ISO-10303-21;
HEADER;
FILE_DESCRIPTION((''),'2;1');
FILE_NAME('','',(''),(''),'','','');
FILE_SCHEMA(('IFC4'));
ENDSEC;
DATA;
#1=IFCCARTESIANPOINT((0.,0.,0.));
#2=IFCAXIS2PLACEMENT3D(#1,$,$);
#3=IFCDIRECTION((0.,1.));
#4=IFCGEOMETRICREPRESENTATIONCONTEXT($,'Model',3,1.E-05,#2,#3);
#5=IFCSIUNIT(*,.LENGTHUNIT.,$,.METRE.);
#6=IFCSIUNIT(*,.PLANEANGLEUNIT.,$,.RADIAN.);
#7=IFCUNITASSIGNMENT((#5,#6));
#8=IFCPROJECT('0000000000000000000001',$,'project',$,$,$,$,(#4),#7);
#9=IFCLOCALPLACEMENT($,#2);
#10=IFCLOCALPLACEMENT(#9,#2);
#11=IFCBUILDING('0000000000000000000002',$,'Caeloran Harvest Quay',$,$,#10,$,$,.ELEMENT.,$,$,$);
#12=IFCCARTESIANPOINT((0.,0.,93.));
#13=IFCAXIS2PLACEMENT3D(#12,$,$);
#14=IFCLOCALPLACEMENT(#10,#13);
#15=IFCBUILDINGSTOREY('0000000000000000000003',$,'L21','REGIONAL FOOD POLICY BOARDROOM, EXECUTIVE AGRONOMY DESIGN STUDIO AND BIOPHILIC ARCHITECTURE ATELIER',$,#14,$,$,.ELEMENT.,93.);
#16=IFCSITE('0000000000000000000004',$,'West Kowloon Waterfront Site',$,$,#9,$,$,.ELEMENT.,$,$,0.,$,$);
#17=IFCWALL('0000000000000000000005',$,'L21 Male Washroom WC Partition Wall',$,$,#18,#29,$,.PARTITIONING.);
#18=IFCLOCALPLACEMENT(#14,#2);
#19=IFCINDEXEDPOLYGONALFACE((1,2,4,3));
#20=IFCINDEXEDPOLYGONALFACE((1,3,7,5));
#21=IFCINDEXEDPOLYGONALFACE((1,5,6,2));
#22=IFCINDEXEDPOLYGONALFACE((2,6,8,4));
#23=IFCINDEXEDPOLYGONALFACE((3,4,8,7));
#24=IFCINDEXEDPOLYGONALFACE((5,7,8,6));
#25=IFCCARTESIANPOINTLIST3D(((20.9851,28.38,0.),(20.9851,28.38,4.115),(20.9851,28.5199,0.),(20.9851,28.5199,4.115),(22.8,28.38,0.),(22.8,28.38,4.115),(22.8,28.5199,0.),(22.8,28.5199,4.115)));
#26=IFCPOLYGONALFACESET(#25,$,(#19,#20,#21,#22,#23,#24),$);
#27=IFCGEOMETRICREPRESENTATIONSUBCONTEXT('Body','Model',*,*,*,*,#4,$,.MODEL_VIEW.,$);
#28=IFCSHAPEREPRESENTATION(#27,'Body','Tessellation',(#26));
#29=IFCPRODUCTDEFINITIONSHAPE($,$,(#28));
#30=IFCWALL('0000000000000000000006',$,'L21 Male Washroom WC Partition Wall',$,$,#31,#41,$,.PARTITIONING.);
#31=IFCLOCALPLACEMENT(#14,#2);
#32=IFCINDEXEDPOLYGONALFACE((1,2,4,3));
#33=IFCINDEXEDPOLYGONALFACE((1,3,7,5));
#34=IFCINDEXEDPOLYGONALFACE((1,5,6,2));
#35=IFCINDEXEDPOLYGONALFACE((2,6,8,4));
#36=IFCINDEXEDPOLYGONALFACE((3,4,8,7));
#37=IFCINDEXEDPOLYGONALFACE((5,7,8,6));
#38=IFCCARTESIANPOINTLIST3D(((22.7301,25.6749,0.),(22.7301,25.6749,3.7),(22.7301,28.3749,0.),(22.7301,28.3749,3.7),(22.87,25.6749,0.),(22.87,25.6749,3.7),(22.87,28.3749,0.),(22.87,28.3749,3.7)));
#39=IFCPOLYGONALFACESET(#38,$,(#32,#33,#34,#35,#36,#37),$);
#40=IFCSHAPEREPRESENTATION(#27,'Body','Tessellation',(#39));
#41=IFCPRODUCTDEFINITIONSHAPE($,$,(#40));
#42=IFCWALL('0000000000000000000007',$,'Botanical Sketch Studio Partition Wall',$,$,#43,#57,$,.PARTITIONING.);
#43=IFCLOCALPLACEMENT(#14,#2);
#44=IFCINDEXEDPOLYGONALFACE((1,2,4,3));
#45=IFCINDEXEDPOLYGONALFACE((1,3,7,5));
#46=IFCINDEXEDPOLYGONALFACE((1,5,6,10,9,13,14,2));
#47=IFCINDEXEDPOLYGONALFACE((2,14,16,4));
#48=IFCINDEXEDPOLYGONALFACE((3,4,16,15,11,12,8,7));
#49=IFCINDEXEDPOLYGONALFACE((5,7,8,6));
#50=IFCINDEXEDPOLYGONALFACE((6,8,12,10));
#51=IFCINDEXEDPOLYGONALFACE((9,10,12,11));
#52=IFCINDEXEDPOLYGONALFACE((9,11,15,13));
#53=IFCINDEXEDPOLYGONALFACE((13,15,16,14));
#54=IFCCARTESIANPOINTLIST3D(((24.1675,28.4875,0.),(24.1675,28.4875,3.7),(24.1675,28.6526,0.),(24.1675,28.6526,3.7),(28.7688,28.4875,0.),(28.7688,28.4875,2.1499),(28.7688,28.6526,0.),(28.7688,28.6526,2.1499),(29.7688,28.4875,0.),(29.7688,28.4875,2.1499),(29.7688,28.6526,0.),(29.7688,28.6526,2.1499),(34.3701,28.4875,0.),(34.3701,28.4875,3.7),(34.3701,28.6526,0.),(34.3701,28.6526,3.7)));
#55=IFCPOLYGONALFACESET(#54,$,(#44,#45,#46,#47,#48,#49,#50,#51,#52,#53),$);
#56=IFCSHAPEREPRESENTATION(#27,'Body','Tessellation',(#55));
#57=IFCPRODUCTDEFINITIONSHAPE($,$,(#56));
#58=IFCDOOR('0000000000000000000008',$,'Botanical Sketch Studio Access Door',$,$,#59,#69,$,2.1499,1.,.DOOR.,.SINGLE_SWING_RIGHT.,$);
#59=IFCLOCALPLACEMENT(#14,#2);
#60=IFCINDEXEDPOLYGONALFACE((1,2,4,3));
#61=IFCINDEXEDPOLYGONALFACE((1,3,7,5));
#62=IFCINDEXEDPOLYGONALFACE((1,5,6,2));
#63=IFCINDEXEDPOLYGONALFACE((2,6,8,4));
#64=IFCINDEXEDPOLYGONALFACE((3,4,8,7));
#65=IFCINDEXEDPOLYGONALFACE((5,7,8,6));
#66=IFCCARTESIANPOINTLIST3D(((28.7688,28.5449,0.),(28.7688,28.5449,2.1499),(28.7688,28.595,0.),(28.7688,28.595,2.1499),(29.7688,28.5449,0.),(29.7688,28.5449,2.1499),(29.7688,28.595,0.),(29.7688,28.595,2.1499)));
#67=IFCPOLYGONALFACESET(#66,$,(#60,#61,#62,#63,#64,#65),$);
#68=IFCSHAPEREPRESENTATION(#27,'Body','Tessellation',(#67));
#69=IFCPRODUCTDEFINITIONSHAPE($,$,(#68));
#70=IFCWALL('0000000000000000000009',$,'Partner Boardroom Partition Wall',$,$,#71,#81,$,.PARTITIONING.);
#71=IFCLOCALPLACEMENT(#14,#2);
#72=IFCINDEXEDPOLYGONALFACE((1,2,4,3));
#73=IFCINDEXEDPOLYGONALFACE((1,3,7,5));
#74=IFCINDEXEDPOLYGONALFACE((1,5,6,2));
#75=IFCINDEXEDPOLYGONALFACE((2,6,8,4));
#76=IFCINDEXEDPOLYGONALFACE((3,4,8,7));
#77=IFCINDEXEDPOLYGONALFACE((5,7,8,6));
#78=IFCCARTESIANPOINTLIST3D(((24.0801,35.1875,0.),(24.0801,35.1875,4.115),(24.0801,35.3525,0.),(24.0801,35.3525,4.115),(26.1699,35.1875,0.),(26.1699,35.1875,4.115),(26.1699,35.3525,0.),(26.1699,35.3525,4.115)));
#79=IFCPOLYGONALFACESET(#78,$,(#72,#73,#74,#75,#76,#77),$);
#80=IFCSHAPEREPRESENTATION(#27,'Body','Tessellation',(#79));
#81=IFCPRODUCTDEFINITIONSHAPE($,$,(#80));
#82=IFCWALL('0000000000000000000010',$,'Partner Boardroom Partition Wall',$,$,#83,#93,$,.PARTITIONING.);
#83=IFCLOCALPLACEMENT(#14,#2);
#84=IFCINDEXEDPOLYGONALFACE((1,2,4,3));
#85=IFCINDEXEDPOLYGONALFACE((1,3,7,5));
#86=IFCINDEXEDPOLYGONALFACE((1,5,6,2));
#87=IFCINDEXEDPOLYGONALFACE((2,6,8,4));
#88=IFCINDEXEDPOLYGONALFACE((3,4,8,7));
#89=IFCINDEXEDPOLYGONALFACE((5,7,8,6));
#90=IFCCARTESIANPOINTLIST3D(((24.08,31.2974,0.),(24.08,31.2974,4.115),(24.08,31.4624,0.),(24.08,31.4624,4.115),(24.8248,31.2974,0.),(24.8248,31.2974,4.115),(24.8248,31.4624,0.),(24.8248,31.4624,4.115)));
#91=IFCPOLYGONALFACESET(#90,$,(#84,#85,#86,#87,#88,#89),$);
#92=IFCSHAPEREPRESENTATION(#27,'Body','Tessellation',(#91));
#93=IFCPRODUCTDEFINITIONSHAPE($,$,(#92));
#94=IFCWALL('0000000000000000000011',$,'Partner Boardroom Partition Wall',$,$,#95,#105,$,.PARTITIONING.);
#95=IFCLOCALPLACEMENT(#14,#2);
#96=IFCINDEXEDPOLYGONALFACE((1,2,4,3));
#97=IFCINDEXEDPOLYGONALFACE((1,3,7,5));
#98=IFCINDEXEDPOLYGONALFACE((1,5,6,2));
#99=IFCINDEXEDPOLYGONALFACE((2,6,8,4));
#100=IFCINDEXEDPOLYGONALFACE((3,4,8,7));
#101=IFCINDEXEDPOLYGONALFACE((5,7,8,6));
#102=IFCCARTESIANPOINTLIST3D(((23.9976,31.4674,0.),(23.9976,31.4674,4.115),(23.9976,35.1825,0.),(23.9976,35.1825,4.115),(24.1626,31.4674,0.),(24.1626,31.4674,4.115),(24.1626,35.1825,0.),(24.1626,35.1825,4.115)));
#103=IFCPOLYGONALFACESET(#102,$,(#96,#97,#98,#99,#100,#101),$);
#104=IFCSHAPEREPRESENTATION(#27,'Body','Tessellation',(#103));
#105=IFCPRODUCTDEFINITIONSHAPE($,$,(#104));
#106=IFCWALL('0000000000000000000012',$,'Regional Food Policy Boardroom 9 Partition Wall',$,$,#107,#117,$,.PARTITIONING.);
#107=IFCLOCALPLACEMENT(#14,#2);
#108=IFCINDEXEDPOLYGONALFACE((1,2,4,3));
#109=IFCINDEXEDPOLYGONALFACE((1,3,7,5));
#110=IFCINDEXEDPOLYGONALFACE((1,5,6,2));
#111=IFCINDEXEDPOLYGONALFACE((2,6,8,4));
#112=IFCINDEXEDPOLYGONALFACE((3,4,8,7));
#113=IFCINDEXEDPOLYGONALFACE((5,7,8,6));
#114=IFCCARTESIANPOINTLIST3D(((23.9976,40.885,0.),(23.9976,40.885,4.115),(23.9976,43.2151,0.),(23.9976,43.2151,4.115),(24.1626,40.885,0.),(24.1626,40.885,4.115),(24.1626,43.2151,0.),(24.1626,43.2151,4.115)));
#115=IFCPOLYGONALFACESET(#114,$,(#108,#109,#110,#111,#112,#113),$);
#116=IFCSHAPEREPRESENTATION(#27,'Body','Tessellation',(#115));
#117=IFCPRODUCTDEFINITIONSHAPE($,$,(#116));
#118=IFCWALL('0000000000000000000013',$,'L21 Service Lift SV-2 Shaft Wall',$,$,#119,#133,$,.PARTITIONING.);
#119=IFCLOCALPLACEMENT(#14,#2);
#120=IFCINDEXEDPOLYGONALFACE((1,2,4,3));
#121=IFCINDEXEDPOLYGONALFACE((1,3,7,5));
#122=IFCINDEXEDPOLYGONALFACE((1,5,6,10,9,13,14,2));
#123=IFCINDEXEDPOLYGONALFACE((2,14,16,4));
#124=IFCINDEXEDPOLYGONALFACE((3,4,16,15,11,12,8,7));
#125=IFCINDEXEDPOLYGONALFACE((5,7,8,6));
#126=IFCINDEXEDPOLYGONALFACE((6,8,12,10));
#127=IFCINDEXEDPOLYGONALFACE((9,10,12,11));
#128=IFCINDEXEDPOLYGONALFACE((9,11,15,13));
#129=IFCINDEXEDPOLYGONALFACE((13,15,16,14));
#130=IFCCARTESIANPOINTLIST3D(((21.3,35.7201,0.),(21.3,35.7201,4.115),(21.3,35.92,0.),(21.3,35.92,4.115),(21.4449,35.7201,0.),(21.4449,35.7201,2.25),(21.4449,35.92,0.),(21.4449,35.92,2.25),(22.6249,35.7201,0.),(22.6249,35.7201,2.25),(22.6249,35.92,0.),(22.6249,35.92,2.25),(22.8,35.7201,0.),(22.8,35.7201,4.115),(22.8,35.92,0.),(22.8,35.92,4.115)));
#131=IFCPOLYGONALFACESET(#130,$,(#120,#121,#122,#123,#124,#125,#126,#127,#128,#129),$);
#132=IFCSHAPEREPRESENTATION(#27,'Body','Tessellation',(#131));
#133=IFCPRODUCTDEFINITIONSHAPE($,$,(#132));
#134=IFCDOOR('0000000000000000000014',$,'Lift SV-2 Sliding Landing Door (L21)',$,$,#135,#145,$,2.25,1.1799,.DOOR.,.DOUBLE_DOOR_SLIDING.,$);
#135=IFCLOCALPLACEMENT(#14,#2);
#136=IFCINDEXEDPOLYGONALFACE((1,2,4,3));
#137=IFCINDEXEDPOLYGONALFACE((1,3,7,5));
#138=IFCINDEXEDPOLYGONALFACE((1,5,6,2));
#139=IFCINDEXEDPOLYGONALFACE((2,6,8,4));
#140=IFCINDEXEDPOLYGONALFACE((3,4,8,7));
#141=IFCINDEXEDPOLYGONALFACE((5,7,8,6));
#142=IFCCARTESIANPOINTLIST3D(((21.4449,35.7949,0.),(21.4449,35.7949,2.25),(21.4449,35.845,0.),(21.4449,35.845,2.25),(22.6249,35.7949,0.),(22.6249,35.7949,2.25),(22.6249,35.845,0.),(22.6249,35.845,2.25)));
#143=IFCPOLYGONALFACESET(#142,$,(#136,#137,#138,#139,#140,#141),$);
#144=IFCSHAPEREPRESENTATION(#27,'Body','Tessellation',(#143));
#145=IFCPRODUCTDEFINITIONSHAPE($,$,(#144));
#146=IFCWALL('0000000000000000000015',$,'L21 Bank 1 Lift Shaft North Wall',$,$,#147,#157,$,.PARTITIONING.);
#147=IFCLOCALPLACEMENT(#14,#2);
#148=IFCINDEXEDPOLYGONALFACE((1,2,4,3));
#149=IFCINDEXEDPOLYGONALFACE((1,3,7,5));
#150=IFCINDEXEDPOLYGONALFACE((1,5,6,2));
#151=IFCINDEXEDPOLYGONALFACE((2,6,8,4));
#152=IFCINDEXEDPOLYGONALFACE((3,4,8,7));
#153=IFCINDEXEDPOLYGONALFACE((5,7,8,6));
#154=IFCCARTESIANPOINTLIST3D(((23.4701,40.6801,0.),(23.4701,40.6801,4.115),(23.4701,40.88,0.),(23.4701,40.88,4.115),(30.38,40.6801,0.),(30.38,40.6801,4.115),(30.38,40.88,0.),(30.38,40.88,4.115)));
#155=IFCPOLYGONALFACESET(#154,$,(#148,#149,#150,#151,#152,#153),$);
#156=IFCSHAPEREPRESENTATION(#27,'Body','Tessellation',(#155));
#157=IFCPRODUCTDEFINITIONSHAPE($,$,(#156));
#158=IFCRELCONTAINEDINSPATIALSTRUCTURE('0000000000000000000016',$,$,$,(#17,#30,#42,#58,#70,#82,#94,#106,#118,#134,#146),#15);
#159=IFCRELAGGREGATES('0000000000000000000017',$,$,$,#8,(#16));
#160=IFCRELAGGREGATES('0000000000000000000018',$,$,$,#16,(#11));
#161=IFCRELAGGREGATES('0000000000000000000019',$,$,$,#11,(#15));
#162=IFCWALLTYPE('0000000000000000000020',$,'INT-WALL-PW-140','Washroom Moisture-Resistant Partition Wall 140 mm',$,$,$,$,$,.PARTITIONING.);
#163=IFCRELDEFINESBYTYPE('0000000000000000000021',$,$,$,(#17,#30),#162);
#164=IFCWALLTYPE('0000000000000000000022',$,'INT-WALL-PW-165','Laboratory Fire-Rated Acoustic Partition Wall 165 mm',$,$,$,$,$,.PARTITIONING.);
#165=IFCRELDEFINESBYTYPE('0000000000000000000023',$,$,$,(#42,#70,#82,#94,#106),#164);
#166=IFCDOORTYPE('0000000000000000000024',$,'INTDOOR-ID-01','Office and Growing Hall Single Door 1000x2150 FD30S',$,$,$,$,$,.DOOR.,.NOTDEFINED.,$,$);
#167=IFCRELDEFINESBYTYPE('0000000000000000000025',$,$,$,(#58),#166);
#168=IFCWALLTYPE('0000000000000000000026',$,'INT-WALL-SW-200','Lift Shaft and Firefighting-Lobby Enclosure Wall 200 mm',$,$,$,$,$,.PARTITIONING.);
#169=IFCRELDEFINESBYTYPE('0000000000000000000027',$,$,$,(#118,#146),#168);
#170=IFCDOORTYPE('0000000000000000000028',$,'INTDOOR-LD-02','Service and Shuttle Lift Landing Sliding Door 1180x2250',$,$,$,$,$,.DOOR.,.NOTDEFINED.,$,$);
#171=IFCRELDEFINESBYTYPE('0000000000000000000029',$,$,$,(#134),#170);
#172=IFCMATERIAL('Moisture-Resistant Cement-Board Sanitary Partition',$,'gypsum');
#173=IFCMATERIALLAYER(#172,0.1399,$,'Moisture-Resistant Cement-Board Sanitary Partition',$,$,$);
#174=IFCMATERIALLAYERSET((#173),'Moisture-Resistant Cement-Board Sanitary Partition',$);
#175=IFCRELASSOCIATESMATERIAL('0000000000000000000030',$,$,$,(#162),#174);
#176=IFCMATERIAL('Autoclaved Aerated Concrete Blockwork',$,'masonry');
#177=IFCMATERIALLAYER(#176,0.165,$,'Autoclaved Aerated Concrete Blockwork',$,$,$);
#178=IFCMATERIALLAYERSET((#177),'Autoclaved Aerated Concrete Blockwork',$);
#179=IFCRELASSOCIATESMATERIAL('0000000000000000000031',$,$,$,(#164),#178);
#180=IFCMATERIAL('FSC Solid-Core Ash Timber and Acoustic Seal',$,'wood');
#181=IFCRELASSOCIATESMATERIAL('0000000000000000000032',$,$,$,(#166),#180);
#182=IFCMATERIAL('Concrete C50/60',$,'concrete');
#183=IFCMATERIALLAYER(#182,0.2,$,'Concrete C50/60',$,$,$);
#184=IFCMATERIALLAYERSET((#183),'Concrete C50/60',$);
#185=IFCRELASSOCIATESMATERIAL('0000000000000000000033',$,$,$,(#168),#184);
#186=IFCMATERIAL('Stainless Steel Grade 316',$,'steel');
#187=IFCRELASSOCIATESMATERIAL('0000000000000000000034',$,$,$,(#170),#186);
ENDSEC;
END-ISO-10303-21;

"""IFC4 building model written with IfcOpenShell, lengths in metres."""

from ifc_helpers import new_model, si_unit, direction, frame, frame_2d, origin, place, context, subcontext, project, spatial, rectangle, extrude, material, layer, layer_set, type_object, element, fill, save


model = new_model("IFC4")

# Units and contexts
model_context = context("Model", 3, precision=1e-05, world=origin(), true_north=direction((0.0, 1.0)))
body_context = subcontext(model_context, "Body", "Model", "MODEL_VIEW")
ifc_project = project(units=[si_unit("LENGTHUNIT", "METRE"), si_unit("PLANEANGLEUNIT", "RADIAN")], contexts=[model_context])

# Site, building, storey
site_placement = place(None, origin())
site = spatial("IfcSite", under=ifc_project, at=site_placement, Name="West Kowloon Waterfront Site", CompositionType="ELEMENT", RefElevation=0.0)
building_placement = place(site_placement, origin())
building = spatial("IfcBuilding", under=site, at=building_placement, Name="Caeloran Harvest Quay", CompositionType="ELEMENT")
storey_placement = place(building_placement, frame((0.0, 0.0, 93.0)))
storey = spatial("IfcBuildingStorey", under=building, at=storey_placement, Name="L21", Description="REGIONAL FOOD POLICY BOARDROOM, EXECUTIVE AGRONOMY DESIGN STUDIO AND BIOPHILIC ARCHITECTURE ATELIER", CompositionType="ELEMENT", Elevation=93.0)

# Walls
ifc_material_1 = material(Name="Moisture-Resistant Cement-Board Sanitary Partition", Category="gypsum")
ifc_layer_1 = layer(ifc_material_1, 0.1399, Name="Moisture-Resistant Cement-Board Sanitary Partition")
ifc_layer_set_1 = layer_set([ifc_layer_1], Name="Moisture-Resistant Cement-Board Sanitary Partition")
wall_type_1 = type_object("IfcWallType", Name="INT-WALL-PW-140", Description="Washroom Moisture-Resistant Partition Wall 140 mm", PredefinedType="PARTITIONING", material=ifc_layer_set_1)
wall_1_placement = place(storey_placement, frame((20.9851, 28.45, 0.0), z_axis=(0.0, 0.0, 1.0), x_axis=(1.0, 0.0, 0.0)))
element("IfcWall", 1, at=wall_1_placement, inside=storey, type_object=wall_type_1, Name="L21 Male Washroom WC Partition Wall", PredefinedType="PARTITIONING", context=body_context, shape_type="SweptSolid", body=[
    extrude(rectangle(XDim=1.8149, YDim=0.1399, at=frame_2d((0.9075, 0.0))), origin(), (0.0, 0.0, 1.0), 4.115),
])
wall_2_placement = place(storey_placement, frame((22.8, 28.375, 0.0), z_axis=(0.0, 0.0, 1.0), x_axis=(0.0, -1.0, 0.0)))
element("IfcWall", 2, at=wall_2_placement, inside=storey, type_object=wall_type_1, Name="L21 Male Washroom WC Partition Wall", PredefinedType="PARTITIONING", context=body_context, shape_type="SweptSolid", body=[
    extrude(rectangle(XDim=2.7, YDim=0.1399, at=frame_2d((1.3501, 0.0))), origin(), (0.0, 0.0, 1.0), 3.7),
])

# Wall, opening, door
ifc_material_2 = material(Name="Autoclaved Aerated Concrete Blockwork", Category="masonry")
ifc_layer_2 = layer(ifc_material_2, 0.165, Name="Autoclaved Aerated Concrete Blockwork")
ifc_layer_set_2 = layer_set([ifc_layer_2], Name="Autoclaved Aerated Concrete Blockwork")
wall_type_2 = type_object("IfcWallType", Name="INT-WALL-PW-165", Description="Laboratory Fire-Rated Acoustic Partition Wall 165 mm", PredefinedType="PARTITIONING", material=ifc_layer_set_2)
wall_3_placement = place(storey_placement, frame((24.1675, 28.5701, 0.0), z_axis=(0.0, 0.0, 1.0), x_axis=(1.0, 0.0, 0.0)))
wall_3 = element("IfcWall", 3, at=wall_3_placement, inside=storey, type_object=wall_type_2, Name="Botanical Sketch Studio Partition Wall", PredefinedType="PARTITIONING", context=body_context, shape_type="SweptSolid", body=[
    extrude(rectangle(XDim=10.2026, YDim=0.165, at=frame_2d((5.1013, 0.0))), origin(), (0.0, 0.0, 1.0), 3.7),
])
opening_1_placement = place(wall_3_placement, frame((4.6013, 0.0, 0.0)))
opening_1 = element("IfcOpeningElement", 4, at=opening_1_placement, cuts=wall_3, PredefinedType="OPENING", context=body_context, shape_type="SweptSolid", body=[
    extrude(rectangle(XDim=1.0, YDim=2.1499, at=frame_2d((0.5, 1.075))), frame((0.0, 0.0925, 0.0), z_axis=(0.0, -1.0, 0.0), x_axis=(1.0, 0.0, 0.0)), (0.0, 0.0, 1.0), 0.1851),
])
ifc_material_3 = material(Name="FSC Solid-Core Ash Timber and Acoustic Seal", Category="wood")
door_type_1 = type_object("IfcDoorType", Name="INTDOOR-ID-01", Description="Office and Growing Hall Single Door 1000x2150 FD30S", OperationType="NOTDEFINED", PredefinedType="DOOR", material=ifc_material_3)
door_1_placement = place(opening_1_placement, origin())
door_1 = element("IfcDoor", 5, at=door_1_placement, inside=storey, type_object=door_type_1, Name="Botanical Sketch Studio Access Door", OperationType="SINGLE_SWING_RIGHT", OverallHeight=2.1499, OverallWidth=1.0, PredefinedType="DOOR", context=body_context, shape_type="SweptSolid", body=[
    extrude(rectangle(XDim=1.0, YDim=2.1499, at=frame_2d((0.5, 1.075))), frame((0.0, 0.0249, 0.0), z_axis=(0.0, -1.0, 0.0), x_axis=(1.0, 0.0, 0.0)), (0.0, 0.0, 1.0), 0.05),
])
fill(opening_1, door_1)

# Walls
wall_4_placement = place(storey_placement, frame((24.0801, 35.27, 0.0), z_axis=(0.0, 0.0, 1.0), x_axis=(1.0, 0.0, 0.0)))
element("IfcWall", 6, at=wall_4_placement, inside=storey, type_object=wall_type_2, Name="Partner Boardroom Partition Wall", PredefinedType="PARTITIONING", context=body_context, shape_type="SweptSolid", body=[
    extrude(rectangle(XDim=2.0898, YDim=0.165, at=frame_2d((1.0449, 0.0))), origin(), (0.0, 0.0, 1.0), 4.115),
])
wall_5_placement = place(storey_placement, frame((24.825, 31.3799, 0.0), z_axis=(0.0, 0.0, 1.0), x_axis=(-1.0, 0.0, 0.0)))
element("IfcWall", 7, at=wall_5_placement, inside=storey, type_object=wall_type_2, Name="Partner Boardroom Partition Wall", PredefinedType="PARTITIONING", context=body_context, shape_type="SweptSolid", body=[
    extrude(rectangle(XDim=0.7449, YDim=0.165, at=frame_2d((0.3726, 0.0))), origin(), (0.0, 0.0, 1.0), 4.115),
])
wall_6_placement = place(storey_placement, frame((24.0801, 31.4675, 0.0), z_axis=(0.0, 0.0, 1.0), x_axis=(0.0, 1.0, 0.0)))
element("IfcWall", 8, at=wall_6_placement, inside=storey, type_object=wall_type_2, Name="Partner Boardroom Partition Wall", PredefinedType="PARTITIONING", context=body_context, shape_type="SweptSolid", body=[
    extrude(rectangle(XDim=3.7151, YDim=0.165, at=frame_2d((1.8574, 0.0))), origin(), (0.0, 0.0, 1.0), 4.115),
])
wall_7_placement = place(storey_placement, frame((24.0801, 40.885, 0.0), z_axis=(0.0, 0.0, 1.0), x_axis=(0.0, 1.0, 0.0)))
element("IfcWall", 9, at=wall_7_placement, inside=storey, type_object=wall_type_2, Name="Regional Food Policy Boardroom 9 Partition Wall", PredefinedType="PARTITIONING", context=body_context, shape_type="SweptSolid", body=[
    extrude(rectangle(XDim=2.3301, YDim=0.165, at=frame_2d((1.165, 0.0))), origin(), (0.0, 0.0, 1.0), 4.115),
])

# Wall, opening, door
ifc_material_4 = material(Name="Concrete C50/60", Category="concrete")
ifc_layer_3 = layer(ifc_material_4, 0.2, Name="Concrete C50/60")
ifc_layer_set_3 = layer_set([ifc_layer_3], Name="Concrete C50/60")
wall_type_3 = type_object("IfcWallType", Name="INT-WALL-SW-200", Description="Lift Shaft and Firefighting-Lobby Enclosure Wall 200 mm", PredefinedType="PARTITIONING", material=ifc_layer_set_3)
wall_8_placement = place(storey_placement, frame((21.3, 35.8201, 0.0), z_axis=(0.0, 0.0, 1.0), x_axis=(1.0, 0.0, 0.0)))
wall_8 = element("IfcWall", 10, at=wall_8_placement, inside=storey, type_object=wall_type_3, Name="L21 Service Lift SV-2 Shaft Wall", PredefinedType="PARTITIONING", context=body_context, shape_type="SweptSolid", body=[
    extrude(rectangle(XDim=1.5, YDim=0.2, at=frame_2d((0.75, 0.0))), origin(), (0.0, 0.0, 1.0), 4.115),
])
opening_2_placement = place(wall_8_placement, frame((0.145, 0.0, 0.0)))
opening_2 = element("IfcOpeningElement", 11, at=opening_2_placement, cuts=wall_8, PredefinedType="OPENING", context=body_context, shape_type="SweptSolid", body=[
    extrude(rectangle(XDim=1.1799, YDim=2.25, at=frame_2d((0.5898, 1.125))), frame((0.0, 0.1099, 0.0), z_axis=(0.0, -1.0, 0.0), x_axis=(1.0, 0.0, 0.0)), (0.0, 0.0, 1.0), 0.22),
])
ifc_material_5 = material(Name="Stainless Steel Grade 316", Category="steel")
door_type_2 = type_object("IfcDoorType", Name="INTDOOR-LD-02", Description="Service and Shuttle Lift Landing Sliding Door 1180x2250", OperationType="NOTDEFINED", PredefinedType="DOOR", material=ifc_material_5)
door_2_placement = place(opening_2_placement, origin())
door_2 = element("IfcDoor", 12, at=door_2_placement, inside=storey, type_object=door_type_2, Name="Lift SV-2 Sliding Landing Door (L21)", OperationType="DOUBLE_DOOR_SLIDING", OverallHeight=2.25, OverallWidth=1.1799, PredefinedType="DOOR", context=body_context, shape_type="SweptSolid", body=[
    extrude(rectangle(XDim=1.1799, YDim=2.25, at=frame_2d((0.5898, 1.125))), frame((0.0, 0.0249, 0.0), z_axis=(0.0, -1.0, 0.0), x_axis=(1.0, 0.0, 0.0)), (0.0, 0.0, 1.0), 0.05),
])
fill(opening_2, door_2)

# Wall
wall_9_placement = place(storey_placement, frame((23.47, 40.78, 0.0), z_axis=(0.0, 0.0, 1.0), x_axis=(1.0, 0.0, 0.0)))
element("IfcWall", 13, at=wall_9_placement, inside=storey, type_object=wall_type_3, Name="L21 Bank 1 Lift Shaft North Wall", PredefinedType="PARTITIONING", context=body_context, shape_type="SweptSolid", body=[
    extrude(rectangle(XDim=6.9099, YDim=0.2, at=frame_2d((3.4551, 0.0))), origin(), (0.0, 0.0, 1.0), 4.115),
])

save(model, "model.ifc")
